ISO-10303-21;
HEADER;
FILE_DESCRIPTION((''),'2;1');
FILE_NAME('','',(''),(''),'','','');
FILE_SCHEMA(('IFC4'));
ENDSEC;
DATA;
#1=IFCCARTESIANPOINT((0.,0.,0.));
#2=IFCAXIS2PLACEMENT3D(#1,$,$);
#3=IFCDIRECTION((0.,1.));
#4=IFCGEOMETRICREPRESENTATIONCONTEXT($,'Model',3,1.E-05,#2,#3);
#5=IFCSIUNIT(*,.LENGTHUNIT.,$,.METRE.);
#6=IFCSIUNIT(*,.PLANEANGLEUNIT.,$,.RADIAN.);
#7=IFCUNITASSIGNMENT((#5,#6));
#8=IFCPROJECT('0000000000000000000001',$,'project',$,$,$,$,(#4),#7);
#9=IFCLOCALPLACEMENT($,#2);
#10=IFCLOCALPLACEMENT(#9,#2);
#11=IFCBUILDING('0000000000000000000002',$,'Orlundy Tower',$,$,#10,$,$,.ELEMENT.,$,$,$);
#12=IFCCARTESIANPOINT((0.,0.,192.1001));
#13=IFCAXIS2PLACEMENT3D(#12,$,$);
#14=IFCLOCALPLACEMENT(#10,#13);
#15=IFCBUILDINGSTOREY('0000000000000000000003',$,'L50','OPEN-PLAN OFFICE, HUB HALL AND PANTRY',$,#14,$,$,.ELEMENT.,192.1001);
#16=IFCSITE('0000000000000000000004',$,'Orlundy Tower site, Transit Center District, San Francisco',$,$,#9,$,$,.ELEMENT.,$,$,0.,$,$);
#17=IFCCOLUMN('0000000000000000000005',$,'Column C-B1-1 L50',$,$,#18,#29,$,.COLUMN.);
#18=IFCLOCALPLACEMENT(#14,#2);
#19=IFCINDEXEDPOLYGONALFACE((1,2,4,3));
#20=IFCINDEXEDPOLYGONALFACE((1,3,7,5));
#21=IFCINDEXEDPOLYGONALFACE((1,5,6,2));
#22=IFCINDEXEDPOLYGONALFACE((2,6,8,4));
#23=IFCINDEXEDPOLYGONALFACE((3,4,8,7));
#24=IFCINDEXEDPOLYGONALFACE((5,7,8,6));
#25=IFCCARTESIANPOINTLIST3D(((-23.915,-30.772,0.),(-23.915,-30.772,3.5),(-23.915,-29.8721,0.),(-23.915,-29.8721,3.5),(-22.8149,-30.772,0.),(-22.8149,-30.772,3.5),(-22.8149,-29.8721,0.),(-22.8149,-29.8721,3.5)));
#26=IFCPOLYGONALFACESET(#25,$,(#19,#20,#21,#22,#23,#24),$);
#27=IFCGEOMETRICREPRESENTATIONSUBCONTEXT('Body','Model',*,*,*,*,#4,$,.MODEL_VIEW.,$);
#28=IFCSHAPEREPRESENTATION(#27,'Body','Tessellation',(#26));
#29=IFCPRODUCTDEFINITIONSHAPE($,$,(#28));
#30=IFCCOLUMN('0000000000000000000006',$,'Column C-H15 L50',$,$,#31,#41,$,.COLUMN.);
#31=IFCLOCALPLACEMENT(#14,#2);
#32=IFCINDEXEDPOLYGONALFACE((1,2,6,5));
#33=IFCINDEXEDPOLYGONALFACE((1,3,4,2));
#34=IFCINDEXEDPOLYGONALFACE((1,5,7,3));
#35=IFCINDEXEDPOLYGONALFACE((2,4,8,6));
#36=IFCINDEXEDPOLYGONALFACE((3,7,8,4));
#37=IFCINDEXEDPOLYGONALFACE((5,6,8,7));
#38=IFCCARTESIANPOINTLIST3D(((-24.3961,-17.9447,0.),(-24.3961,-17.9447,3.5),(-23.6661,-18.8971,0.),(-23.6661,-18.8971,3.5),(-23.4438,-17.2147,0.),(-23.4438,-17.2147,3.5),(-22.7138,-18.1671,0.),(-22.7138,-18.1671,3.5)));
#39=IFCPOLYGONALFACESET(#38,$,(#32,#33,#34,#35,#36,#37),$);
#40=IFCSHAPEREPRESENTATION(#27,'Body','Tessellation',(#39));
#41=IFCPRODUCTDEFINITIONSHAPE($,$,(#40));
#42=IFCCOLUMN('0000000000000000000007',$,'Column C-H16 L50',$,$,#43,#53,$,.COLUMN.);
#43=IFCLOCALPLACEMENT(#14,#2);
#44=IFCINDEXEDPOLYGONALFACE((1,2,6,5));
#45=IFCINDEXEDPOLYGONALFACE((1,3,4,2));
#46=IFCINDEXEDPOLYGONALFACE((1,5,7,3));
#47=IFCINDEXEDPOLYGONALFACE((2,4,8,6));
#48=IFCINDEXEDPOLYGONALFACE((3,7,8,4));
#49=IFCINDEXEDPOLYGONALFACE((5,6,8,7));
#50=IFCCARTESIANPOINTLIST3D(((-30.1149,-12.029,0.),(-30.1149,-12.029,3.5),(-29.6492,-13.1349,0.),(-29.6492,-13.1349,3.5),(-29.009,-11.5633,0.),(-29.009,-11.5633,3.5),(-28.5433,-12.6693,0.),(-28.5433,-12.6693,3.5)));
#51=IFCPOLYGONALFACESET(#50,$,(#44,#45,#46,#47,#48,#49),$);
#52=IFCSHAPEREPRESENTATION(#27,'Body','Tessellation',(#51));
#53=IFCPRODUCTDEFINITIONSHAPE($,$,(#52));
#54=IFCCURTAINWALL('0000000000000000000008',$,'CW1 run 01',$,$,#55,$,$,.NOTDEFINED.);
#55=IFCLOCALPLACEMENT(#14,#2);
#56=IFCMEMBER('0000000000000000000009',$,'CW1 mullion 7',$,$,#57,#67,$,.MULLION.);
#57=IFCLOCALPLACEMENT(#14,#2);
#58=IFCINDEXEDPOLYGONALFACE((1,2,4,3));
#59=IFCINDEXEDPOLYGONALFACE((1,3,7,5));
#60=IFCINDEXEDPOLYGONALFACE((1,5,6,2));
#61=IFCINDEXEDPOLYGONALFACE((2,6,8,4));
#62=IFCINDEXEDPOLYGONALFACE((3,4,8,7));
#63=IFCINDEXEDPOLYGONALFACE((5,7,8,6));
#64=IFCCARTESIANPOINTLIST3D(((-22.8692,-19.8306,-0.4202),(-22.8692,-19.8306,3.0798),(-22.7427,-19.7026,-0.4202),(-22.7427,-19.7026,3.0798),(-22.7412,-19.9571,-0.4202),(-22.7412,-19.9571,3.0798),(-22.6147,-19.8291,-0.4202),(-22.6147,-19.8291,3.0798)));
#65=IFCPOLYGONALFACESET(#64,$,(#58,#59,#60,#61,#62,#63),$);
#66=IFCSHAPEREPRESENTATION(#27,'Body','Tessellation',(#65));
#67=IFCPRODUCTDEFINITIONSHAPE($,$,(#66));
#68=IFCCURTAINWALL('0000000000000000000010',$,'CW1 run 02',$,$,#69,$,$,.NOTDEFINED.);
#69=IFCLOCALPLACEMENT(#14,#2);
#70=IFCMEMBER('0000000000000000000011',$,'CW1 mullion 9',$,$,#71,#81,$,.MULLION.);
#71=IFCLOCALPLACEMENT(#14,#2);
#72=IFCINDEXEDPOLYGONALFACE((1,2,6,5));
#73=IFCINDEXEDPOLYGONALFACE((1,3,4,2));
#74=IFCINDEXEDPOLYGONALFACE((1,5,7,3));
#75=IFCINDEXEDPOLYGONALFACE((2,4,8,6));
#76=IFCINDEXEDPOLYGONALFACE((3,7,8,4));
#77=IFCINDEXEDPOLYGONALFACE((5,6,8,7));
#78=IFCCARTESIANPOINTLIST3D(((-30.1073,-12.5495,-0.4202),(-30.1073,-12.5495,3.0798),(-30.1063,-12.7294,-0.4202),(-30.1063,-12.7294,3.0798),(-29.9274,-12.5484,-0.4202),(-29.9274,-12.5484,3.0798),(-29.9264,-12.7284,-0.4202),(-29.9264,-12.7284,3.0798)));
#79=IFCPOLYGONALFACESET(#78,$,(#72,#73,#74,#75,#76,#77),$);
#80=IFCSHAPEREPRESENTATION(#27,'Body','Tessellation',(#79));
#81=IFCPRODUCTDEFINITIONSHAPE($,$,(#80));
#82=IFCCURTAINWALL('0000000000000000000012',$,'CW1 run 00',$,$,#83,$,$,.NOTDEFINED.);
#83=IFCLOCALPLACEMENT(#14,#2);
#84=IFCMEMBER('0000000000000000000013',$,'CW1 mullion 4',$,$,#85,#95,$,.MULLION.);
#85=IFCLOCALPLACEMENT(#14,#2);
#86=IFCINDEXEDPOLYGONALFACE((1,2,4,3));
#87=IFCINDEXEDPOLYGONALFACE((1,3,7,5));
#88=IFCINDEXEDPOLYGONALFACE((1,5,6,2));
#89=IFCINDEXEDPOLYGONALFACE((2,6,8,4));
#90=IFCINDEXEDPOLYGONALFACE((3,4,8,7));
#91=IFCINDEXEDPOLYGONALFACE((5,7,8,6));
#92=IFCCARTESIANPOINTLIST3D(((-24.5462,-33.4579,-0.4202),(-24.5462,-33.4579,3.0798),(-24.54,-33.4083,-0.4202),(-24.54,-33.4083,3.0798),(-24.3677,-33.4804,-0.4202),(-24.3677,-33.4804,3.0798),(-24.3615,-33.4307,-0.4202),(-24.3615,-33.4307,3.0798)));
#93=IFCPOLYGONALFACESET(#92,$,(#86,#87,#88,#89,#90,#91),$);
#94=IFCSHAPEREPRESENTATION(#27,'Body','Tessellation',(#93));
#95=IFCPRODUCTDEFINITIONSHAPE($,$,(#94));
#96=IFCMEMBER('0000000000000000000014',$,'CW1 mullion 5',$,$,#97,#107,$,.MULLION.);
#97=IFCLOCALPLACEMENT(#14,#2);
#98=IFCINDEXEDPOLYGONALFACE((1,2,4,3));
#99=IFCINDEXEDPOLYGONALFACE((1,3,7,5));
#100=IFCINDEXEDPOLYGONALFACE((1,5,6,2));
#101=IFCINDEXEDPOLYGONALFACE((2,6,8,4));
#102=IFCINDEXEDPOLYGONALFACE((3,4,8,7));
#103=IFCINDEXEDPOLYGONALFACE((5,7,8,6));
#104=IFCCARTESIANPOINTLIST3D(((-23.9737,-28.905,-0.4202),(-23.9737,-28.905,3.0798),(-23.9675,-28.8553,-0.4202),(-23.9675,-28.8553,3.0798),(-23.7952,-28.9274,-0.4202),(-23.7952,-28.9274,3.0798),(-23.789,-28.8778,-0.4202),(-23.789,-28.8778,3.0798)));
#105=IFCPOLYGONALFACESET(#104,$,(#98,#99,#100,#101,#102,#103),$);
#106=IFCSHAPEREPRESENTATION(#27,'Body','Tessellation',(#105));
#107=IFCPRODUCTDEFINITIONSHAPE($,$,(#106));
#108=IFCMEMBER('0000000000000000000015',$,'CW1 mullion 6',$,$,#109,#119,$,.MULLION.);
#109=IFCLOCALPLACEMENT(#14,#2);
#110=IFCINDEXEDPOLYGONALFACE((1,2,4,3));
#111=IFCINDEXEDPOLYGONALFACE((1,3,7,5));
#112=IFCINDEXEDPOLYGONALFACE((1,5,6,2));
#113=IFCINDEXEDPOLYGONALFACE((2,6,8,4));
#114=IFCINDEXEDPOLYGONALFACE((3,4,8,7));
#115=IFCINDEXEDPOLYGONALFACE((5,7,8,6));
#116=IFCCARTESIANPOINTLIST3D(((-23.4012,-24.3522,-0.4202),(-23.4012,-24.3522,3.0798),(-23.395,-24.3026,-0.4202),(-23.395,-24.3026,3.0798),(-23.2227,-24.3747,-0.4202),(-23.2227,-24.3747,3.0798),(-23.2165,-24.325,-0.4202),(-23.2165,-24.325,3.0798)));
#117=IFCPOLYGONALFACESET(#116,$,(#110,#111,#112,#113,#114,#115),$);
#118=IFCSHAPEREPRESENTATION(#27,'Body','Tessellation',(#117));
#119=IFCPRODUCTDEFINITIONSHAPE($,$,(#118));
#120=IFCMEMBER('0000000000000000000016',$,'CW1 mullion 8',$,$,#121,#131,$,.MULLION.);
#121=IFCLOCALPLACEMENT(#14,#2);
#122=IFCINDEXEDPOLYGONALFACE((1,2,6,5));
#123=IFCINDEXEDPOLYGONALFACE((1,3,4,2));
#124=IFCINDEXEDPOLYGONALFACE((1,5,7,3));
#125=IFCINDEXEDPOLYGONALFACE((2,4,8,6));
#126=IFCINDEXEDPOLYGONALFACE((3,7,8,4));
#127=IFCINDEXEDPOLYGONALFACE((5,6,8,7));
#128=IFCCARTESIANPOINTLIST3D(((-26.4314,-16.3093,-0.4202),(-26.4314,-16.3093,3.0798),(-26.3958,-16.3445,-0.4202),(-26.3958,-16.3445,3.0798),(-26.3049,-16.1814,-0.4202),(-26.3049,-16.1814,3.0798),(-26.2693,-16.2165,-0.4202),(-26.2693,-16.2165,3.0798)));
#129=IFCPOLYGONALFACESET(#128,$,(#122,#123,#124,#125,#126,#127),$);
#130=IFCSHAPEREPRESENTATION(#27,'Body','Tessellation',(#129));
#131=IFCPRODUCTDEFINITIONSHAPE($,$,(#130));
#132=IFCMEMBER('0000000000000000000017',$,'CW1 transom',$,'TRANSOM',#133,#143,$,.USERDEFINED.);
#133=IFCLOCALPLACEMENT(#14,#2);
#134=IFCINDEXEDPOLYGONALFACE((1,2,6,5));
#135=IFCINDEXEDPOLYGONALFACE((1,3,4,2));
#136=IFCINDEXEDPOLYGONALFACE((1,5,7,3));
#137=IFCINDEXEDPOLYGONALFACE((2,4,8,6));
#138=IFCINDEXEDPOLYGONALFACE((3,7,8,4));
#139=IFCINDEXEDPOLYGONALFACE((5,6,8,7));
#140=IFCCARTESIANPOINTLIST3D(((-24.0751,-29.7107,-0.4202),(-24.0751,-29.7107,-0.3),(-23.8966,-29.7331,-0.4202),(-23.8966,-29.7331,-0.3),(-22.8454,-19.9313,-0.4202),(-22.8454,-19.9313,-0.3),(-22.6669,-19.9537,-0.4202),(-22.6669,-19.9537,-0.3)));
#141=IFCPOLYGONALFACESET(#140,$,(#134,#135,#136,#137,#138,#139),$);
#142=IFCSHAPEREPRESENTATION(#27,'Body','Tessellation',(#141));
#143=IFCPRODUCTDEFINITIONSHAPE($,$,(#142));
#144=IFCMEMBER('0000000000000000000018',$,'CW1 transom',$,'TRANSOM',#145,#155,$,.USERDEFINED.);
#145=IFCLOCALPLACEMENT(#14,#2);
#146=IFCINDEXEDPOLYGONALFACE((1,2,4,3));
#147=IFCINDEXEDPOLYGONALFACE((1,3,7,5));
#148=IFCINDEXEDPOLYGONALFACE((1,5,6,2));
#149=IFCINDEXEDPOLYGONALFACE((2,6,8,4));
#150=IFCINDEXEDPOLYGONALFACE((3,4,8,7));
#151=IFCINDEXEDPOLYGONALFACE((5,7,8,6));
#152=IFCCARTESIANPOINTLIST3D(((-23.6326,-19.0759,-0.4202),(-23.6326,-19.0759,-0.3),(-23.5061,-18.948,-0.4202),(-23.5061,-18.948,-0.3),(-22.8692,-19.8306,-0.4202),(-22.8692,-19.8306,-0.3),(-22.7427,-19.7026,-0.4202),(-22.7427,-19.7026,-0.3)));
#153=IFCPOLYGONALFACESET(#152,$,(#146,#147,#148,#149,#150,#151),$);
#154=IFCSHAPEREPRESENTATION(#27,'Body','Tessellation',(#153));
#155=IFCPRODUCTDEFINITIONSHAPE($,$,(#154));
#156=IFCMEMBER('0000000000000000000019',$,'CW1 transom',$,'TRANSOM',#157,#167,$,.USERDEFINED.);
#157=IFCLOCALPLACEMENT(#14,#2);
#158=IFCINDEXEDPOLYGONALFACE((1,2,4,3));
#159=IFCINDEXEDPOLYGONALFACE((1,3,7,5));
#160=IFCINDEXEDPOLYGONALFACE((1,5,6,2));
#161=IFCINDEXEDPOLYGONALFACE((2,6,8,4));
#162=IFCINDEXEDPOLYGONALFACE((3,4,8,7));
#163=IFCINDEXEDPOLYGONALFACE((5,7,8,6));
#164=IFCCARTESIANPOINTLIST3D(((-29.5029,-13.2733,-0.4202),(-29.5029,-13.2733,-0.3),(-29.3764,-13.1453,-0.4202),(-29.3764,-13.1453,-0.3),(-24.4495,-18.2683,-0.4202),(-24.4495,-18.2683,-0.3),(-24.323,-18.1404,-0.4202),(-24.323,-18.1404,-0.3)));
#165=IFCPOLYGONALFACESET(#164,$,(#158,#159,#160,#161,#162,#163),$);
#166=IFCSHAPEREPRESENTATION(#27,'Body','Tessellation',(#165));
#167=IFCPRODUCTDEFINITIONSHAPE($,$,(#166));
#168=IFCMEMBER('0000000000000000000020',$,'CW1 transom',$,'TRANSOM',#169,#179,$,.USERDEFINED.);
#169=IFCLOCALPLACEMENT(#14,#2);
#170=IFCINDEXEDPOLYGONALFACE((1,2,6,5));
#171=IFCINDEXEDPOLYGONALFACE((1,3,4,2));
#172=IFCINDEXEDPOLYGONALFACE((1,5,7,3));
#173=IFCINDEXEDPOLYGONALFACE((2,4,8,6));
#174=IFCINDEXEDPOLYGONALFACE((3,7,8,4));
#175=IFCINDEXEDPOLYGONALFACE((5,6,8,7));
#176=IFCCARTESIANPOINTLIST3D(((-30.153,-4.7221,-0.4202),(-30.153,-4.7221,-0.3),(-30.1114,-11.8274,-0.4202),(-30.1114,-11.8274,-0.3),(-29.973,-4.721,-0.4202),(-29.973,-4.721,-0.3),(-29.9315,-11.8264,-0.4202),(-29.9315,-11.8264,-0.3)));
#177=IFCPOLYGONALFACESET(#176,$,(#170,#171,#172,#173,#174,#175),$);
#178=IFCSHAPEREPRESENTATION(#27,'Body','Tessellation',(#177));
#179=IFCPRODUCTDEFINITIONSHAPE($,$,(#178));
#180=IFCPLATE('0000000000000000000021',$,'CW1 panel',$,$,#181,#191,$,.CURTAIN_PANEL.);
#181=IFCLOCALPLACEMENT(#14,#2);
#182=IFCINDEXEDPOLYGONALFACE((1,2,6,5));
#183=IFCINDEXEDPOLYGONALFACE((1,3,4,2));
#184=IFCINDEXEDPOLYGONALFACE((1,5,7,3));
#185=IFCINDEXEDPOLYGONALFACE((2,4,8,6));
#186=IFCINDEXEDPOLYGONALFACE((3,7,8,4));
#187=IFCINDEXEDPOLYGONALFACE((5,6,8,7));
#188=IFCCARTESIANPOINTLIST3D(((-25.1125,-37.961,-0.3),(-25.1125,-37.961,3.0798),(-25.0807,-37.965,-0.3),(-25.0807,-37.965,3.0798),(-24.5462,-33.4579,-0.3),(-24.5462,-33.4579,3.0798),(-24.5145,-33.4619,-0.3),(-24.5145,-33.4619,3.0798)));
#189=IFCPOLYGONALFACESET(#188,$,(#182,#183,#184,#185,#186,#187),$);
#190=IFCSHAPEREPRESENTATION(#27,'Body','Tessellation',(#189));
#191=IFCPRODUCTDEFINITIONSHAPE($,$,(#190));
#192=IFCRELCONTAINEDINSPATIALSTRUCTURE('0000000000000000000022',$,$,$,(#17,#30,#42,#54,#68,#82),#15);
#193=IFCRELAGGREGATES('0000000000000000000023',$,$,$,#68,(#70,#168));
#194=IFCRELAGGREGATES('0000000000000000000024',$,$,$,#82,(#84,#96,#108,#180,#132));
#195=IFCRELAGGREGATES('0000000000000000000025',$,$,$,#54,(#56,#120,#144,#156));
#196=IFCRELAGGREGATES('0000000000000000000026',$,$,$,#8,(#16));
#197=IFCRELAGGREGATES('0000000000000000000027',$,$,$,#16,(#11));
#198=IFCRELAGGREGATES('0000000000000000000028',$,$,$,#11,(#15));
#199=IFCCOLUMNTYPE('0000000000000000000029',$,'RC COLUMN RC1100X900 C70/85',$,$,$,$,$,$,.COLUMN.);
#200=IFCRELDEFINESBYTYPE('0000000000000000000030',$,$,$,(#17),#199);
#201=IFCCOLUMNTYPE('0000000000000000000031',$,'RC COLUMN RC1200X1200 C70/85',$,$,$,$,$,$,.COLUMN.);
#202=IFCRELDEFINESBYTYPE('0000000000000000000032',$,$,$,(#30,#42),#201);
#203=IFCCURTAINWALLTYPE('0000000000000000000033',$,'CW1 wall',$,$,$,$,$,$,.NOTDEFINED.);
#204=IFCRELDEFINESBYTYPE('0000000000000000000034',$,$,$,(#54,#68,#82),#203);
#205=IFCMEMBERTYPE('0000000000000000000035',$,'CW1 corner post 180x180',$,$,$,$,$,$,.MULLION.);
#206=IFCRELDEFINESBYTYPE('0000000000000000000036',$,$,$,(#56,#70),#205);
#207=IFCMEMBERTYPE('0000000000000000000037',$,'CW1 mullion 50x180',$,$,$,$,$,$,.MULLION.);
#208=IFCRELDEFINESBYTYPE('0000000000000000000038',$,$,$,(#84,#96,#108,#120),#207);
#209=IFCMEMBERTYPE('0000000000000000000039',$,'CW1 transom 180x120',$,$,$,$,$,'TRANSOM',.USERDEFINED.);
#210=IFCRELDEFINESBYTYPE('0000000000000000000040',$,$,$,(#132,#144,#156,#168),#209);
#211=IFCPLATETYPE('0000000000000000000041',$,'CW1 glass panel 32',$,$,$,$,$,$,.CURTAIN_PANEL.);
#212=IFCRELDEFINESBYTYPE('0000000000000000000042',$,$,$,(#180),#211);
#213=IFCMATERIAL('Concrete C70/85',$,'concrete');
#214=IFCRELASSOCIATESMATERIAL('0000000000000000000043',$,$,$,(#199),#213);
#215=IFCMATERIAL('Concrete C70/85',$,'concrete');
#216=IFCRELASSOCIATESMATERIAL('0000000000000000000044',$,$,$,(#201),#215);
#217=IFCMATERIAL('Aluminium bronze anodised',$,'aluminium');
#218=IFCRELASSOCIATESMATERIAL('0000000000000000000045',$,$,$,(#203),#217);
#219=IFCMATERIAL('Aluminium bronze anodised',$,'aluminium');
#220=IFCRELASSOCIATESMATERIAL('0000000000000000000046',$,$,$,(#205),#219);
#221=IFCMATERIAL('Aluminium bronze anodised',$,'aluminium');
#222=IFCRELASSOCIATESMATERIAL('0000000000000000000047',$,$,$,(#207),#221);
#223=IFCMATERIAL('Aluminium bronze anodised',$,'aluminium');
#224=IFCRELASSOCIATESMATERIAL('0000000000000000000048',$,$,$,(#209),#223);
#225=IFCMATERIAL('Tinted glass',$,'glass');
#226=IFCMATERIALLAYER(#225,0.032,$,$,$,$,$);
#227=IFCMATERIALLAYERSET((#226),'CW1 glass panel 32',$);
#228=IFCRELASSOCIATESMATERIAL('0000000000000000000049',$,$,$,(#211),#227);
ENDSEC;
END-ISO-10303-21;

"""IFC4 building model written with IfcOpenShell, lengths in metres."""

from ifc_helpers import new_model, si_unit, direction, frame, origin, origin_2d, place, context, subcontext, project, spatial, rectangle, extrude, material, layer, layer_set, material_profile, profile_set, type_object, element, aggregate, save


model = new_model("IFC4")

# Units and contexts
model_context = context("Model", 3, precision=1e-05, world=origin(), true_north=direction((0.0, 1.0)))
body_context = subcontext(model_context, "Body", "Model", "MODEL_VIEW")
ifc_project = project(units=[si_unit("LENGTHUNIT", "METRE"), si_unit("PLANEANGLEUNIT", "RADIAN")], contexts=[model_context])

# Site, building, storey
site_placement = place(None, origin())
site = spatial("IfcSite", under=ifc_project, at=site_placement, Name="Orlundy Tower site, Transit Center District, San Francisco", CompositionType="ELEMENT", RefElevation=0.0)
building_placement = place(site_placement, origin())
building = spatial("IfcBuilding", under=site, at=building_placement, Name="Orlundy Tower", CompositionType="ELEMENT")
storey_placement = place(building_placement, frame((0.0, 0.0, 192.1001)))
storey = spatial("IfcBuildingStorey", under=building, at=storey_placement, Name="L50", Description="OPEN-PLAN OFFICE, HUB HALL AND PANTRY", CompositionType="ELEMENT", Elevation=192.1001)

# Columns
ifc_material_1 = material(Name="Concrete C70/85", Category="concrete")
ifc_material_profile_1 = material_profile(ifc_material_1, rectangle(XDim=1.1001, YDim=0.8999, at=origin_2d()), Name="RC1100X900")
ifc_profile_set_1 = profile_set([ifc_material_profile_1], Name="Concrete C70/85")
column_type_1 = type_object("IfcColumnType", Name="RC COLUMN RC1100X900 C70/85", PredefinedType="COLUMN", material=ifc_profile_set_1)
column_placement = place(storey_placement, frame((-23.365, -30.322, 0.0), z_axis=(0.0, 0.0, 1.0), x_axis=(1.0, 0.0, 0.0)))
element("IfcColumn", 1, at=column_placement, inside=storey, type_object=column_type_1, Name="Column C-B1-1 L50", PredefinedType="COLUMN", context=body_context, shape_type="SweptSolid", body=[
    extrude(rectangle(XDim=1.1001, YDim=0.8999, at=origin_2d()), origin(), (0.0, 0.0, 1.0), 3.5),
])
ifc_material_2 = material(Name="Concrete C70/85", Category="concrete")
ifc_material_profile_2 = material_profile(ifc_material_2, rectangle(XDim=1.2, YDim=1.2, at=origin_2d()), Name="RC1200X1200")
ifc_profile_set_2 = profile_set([ifc_material_profile_2], Name="Concrete C70/85")
column_type_2 = type_object("IfcColumnType", Name="RC COLUMN RC1200X1200 C70/85", PredefinedType="COLUMN", material=ifc_profile_set_2)
for number, where, z_axis, x_axis, name in (
    (2, (-23.5549, -18.0559, 0.0), (0.0, 0.0, 1.0), (-0.793651, -0.608374, 0.0), "Column C-H15 L50"),
    (3, (-29.3291, -12.3491, 0.0), (0.0, 0.0, 1.0), (-0.921633, -0.388063, 0.0), "Column C-H16 L50"),
):
    element("IfcColumn", number, at=place(storey_placement, frame(where, z_axis=z_axis, x_axis=x_axis)), inside=storey, type_object=column_type_2, Name=name, PredefinedType="COLUMN", context=body_context, shape_type="SweptSolid", body=[
        extrude(rectangle(XDim=1.2, YDim=1.2, at=origin_2d()), origin(), (0.0, 0.0, 1.0), 3.5),
    ])

# Curtain walls, members
ifc_material_3 = material(Name="Aluminium bronze anodised", Category="aluminium")
curtain_wall_type = type_object("IfcCurtainWallType", Name="CW1 wall", PredefinedType="NOTDEFINED", material=ifc_material_3)
curtain_wall_1_placement = place(storey_placement, origin())
curtain_wall_1 = element("IfcCurtainWall", 4, at=curtain_wall_1_placement, inside=storey, type_object=curtain_wall_type, Name="CW1 run 01", PredefinedType="NOTDEFINED")
ifc_material_4 = material(Name="Aluminium bronze anodised", Category="aluminium")
ifc_material_profile_3 = material_profile(ifc_material_4, rectangle(XDim=0.1799, YDim=0.1799, at=origin_2d()), Name="CW1 corner post 180x180")
ifc_profile_set_3 = profile_set([ifc_material_profile_3], Name="Aluminium bronze anodised")
member_type_1 = type_object("IfcMemberType", Name="CW1 corner post 180x180", PredefinedType="MULLION", material=ifc_profile_set_3)
member_1_placement = place(storey_placement, frame((-22.7419, -19.8298, -0.4202), z_axis=(0.0, 0.0, 1.0), x_axis=(-0.702992, -0.711198, 0.0)))
member_1 = element("IfcMember", 5, at=member_1_placement, type_object=member_type_1, Name="CW1 mullion 7", PredefinedType="MULLION", context=body_context, shape_type="SweptSolid", body=[
    extrude(rectangle(XDim=0.1799, YDim=0.1799, at=origin_2d()), origin(), (0.0, 0.0, 1.0), 3.5),
])
curtain_wall_2_placement = place(storey_placement, origin())
curtain_wall_2 = element("IfcCurtainWall", 6, at=curtain_wall_2_placement, inside=storey, type_object=curtain_wall_type, Name="CW1 run 02", PredefinedType="NOTDEFINED")
member_2_placement = place(storey_placement, frame((-30.0168, -12.6389, -0.4202), z_axis=(0.0, 0.0, 1.0), x_axis=(-0.999983, -0.005834, 0.0)))
member_2 = element("IfcMember", 7, at=member_2_placement, type_object=member_type_1, Name="CW1 mullion 9", PredefinedType="MULLION", context=body_context, shape_type="SweptSolid", body=[
    extrude(rectangle(XDim=0.1799, YDim=0.1799, at=origin_2d()), origin(), (0.0, 0.0, 1.0), 3.5),
])

# Curtain wall, members
curtain_wall_3_placement = place(storey_placement, origin())
curtain_wall_3 = element("IfcCurtainWall", 8, at=curtain_wall_3_placement, inside=storey, type_object=curtain_wall_type, Name="CW1 run 00", PredefinedType="NOTDEFINED")
ifc_material_5 = material(Name="Aluminium bronze anodised", Category="aluminium")
ifc_material_profile_4 = material_profile(ifc_material_5, rectangle(XDim=0.1799, YDim=0.05, at=origin_2d()), Name="CW1 mullion 50x180")
ifc_profile_set_4 = profile_set([ifc_material_profile_4], Name="Aluminium bronze anodised")
member_type_2 = type_object("IfcMemberType", Name="CW1 mullion 50x180", PredefinedType="MULLION", material=ifc_profile_set_4)
member_3_placement = place(storey_placement, frame((-24.4539, -33.4443, -0.4202), z_axis=(0.0, 0.0, 1.0), x_axis=(-0.992187, 0.124763, 0.0)))
member_3 = element("IfcMember", 9, at=member_3_placement, type_object=member_type_2, Name="CW1 mullion 4", PredefinedType="MULLION", context=body_context, shape_type="SweptSolid", body=[
    extrude(rectangle(XDim=0.1799, YDim=0.05, at=origin_2d()), origin(), (0.0, 0.0, 1.0), 3.5),
])
member_4_placement = place(storey_placement, frame((-23.8813, -28.8914, -0.4202), z_axis=(0.0, 0.0, 1.0), x_axis=(-0.992187, 0.124763, 0.0)))
member_4 = element("IfcMember", 10, at=member_4_placement, type_object=member_type_2, Name="CW1 mullion 5", PredefinedType="MULLION", context=body_context, shape_type="SweptSolid", body=[
    extrude(rectangle(XDim=0.1799, YDim=0.05, at=origin_2d()), origin(), (0.0, 0.0, 1.0), 3.5),
])
member_5_placement = place(storey_placement, frame((-23.3088, -24.3386, -0.4202), z_axis=(0.0, 0.0, 1.0), x_axis=(-0.992187, 0.124763, 0.0)))
member_5 = element("IfcMember", 11, at=member_5_placement, type_object=member_type_2, Name="CW1 mullion 6", PredefinedType="MULLION", context=body_context, shape_type="SweptSolid", body=[
    extrude(rectangle(XDim=0.1799, YDim=0.05, at=origin_2d()), origin(), (0.0, 0.0, 1.0), 3.5),
])

# Members
member_6_placement = place(storey_placement, frame((-26.3503, -16.2629, -0.4202), z_axis=(0.0, 0.0, 1.0), x_axis=(-0.702992, -0.711198, 0.0)))
member_6 = element("IfcMember", 12, at=member_6_placement, type_object=member_type_2, Name="CW1 mullion 8", PredefinedType="MULLION", context=body_context, shape_type="SweptSolid", body=[
    extrude(rectangle(XDim=0.1799, YDim=0.05, at=origin_2d()), origin(), (0.0, 0.0, 1.0), 3.5),
])
ifc_material_6 = material(Name="Aluminium bronze anodised", Category="aluminium")
ifc_material_profile_5 = material_profile(ifc_material_6, rectangle(XDim=0.1799, YDim=0.1201, at=origin_2d()), Name="CW1 transom 180x120")
ifc_profile_set_5 = profile_set([ifc_material_profile_5], Name="Aluminium bronze anodised")
member_type_3 = type_object("IfcMemberType", Name="CW1 transom 180x120", ElementType="TRANSOM", PredefinedType="USERDEFINED", material=ifc_profile_set_5)
member_7_placement = place(storey_placement, frame((-23.9858, -29.7219, -0.3601), z_axis=(0.124763, 0.992187, 0.0), x_axis=(-0.992187, 0.124763, 0.0)))
member_7 = element("IfcMember", 13, at=member_7_placement, type_object=member_type_3, Name="CW1 transom", ObjectType="TRANSOM", PredefinedType="USERDEFINED", context=body_context, shape_type="SweptSolid", body=[
    extrude(rectangle(XDim=0.1799, YDim=0.1201, at=origin_2d()), origin(), (0.0, 0.0, 1.0), 9.8564),
])
member_8_placement = place(storey_placement, frame((-22.8059, -19.7666, -0.3601), z_axis=(-0.711189, 0.703001, 0.0), x_axis=(-0.703001, -0.711189, 0.0)))
member_8 = element("IfcMember", 14, at=member_8_placement, type_object=member_type_3, Name="CW1 transom", ObjectType="TRANSOM", PredefinedType="USERDEFINED", context=body_context, shape_type="SweptSolid", body=[
    extrude(rectangle(XDim=0.1799, YDim=0.1201, at=origin_2d()), origin(), (0.0, 0.0, 1.0), 1.0735),
])
member_9_placement = place(storey_placement, frame((-24.3862, -18.2043, -0.3601), z_axis=(-0.711201, 0.702989, 0.0), x_axis=(-0.702989, -0.711201, 0.0)))
member_9 = element("IfcMember", 15, at=member_9_placement, type_object=member_type_3, Name="CW1 transom", ObjectType="TRANSOM", PredefinedType="USERDEFINED", context=body_context, shape_type="SweptSolid", body=[
    extrude(rectangle(XDim=0.1799, YDim=0.1201, at=origin_2d()), origin(), (0.0, 0.0, 1.0), 7.1055),
])
member_10_placement = place(storey_placement, frame((-30.0215, -11.8269, -0.3601), z_axis=(-0.005841, 0.999983, 0.0), x_axis=(-0.999983, -0.005841, 0.0)))
member_10 = element("IfcMember", 16, at=member_10_placement, type_object=member_type_3, Name="CW1 transom", ObjectType="TRANSOM", PredefinedType="USERDEFINED", context=body_context, shape_type="SweptSolid", body=[
    extrude(rectangle(XDim=0.1799, YDim=0.1201, at=origin_2d()), origin(), (0.0, 0.0, 1.0), 7.1055),
])
aggregate(curtain_wall_2, [member_2, member_10])

# Plate
ifc_material_7 = material(Name="Tinted glass", Category="glass")
ifc_layer_1 = layer(ifc_material_7, 0.032)
ifc_layer_set_1 = layer_set([ifc_layer_1], Name="CW1 glass panel 32")
plate_type = type_object("IfcPlateType", Name="CW1 glass panel 32", PredefinedType="CURTAIN_PANEL", material=ifc_layer_set_1)
plate_1_placement = place(storey_placement, frame((-24.8135, -35.7114, -0.3), z_axis=(0.0, 0.0, 1.0), x_axis=(0.124763, 0.992187, 0.0)))
plate_1 = element("IfcPlate", 17, at=plate_1_placement, type_object=plate_type, Name="CW1 panel", PredefinedType="CURTAIN_PANEL", context=body_context, shape_type="SweptSolid", body=[
    extrude(rectangle(XDim=4.5386, YDim=0.032, at=origin_2d()), origin(), (0.0, 0.0, 1.0), 3.3799),
])
aggregate(curtain_wall_3, [member_3, member_4, member_5, plate_1, member_7])
aggregate(curtain_wall_1, [member_1, member_6, member_8, member_9])

save(model, "model.ifc")
